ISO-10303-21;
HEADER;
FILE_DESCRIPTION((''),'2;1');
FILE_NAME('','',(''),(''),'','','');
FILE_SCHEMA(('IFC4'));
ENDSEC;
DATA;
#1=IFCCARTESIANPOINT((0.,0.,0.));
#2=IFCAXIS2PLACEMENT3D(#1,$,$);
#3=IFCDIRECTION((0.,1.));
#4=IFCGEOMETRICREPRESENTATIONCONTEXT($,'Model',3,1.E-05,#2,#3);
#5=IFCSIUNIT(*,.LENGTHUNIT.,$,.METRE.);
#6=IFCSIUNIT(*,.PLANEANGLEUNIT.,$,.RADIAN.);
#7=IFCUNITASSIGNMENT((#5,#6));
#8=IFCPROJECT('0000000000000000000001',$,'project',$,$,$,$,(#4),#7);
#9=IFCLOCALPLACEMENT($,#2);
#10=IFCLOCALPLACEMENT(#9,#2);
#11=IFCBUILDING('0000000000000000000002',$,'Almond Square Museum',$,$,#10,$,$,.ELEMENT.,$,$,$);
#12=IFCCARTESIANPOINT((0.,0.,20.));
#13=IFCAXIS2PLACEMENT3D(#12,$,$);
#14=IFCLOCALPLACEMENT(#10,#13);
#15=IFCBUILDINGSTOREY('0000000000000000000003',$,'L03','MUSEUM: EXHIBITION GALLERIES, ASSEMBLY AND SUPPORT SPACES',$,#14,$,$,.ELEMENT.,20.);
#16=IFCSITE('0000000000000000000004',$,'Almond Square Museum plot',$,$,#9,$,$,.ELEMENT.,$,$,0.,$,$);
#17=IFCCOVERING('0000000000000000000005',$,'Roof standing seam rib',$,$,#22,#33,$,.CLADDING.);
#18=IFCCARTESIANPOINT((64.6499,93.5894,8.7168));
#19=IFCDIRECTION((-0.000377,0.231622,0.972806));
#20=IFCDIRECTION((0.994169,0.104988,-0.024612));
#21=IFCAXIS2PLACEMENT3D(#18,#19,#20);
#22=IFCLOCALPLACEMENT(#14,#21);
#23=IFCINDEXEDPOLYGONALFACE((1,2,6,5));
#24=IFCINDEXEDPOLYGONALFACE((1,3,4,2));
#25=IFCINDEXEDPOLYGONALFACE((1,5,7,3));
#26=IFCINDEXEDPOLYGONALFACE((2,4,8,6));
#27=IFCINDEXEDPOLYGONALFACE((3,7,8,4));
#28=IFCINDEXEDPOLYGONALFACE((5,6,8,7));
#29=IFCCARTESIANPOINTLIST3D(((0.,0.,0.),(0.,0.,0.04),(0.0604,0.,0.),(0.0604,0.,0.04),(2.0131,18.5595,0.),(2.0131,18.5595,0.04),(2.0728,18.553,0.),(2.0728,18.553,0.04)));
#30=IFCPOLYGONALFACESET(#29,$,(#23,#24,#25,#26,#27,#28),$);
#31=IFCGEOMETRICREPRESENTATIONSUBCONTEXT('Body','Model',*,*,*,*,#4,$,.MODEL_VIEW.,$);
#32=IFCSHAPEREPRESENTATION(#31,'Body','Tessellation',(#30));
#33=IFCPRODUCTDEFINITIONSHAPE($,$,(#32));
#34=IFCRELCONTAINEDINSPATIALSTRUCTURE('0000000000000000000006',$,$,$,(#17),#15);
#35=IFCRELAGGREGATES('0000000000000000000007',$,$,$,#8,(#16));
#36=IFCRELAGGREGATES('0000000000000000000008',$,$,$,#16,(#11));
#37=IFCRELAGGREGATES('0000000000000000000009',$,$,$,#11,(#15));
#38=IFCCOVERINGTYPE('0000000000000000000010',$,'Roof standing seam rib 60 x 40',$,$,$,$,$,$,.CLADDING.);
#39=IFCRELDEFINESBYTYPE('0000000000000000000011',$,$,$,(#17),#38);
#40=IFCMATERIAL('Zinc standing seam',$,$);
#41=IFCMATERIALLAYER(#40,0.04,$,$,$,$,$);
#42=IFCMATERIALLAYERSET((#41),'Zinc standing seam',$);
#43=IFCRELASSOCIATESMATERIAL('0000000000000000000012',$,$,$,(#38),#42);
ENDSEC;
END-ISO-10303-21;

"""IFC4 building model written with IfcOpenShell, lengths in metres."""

from ifc_helpers import new_model, si_unit, direction, frame, origin, place, context, subcontext, project, spatial, polyline, outline, extrude, material, layer, layer_set, type_object, element, save


model = new_model("IFC4")

# Units and contexts
model_context = context("Model", 3, precision=1e-05, world=origin(), true_north=direction((0.0, 1.0)))
body_context = subcontext(model_context, "Body", "Model", "MODEL_VIEW")
ifc_project = project(units=[si_unit("LENGTHUNIT", "METRE"), si_unit("PLANEANGLEUNIT", "RADIAN")], contexts=[model_context])

# Site, building, storey
site_placement = place(None, origin())
site = spatial("IfcSite", under=ifc_project, at=site_placement, Name="Almond Square Museum plot", CompositionType="ELEMENT", RefElevation=0.0)
building_placement = place(site_placement, origin())
building = spatial("IfcBuilding", under=site, at=building_placement, Name="Almond Square Museum", CompositionType="ELEMENT")
storey_placement = place(building_placement, frame((0.0, 0.0, 20.0)))
storey = spatial("IfcBuildingStorey", under=building, at=storey_placement, Name="L03", Description="MUSEUM: EXHIBITION GALLERIES, ASSEMBLY AND SUPPORT SPACES", CompositionType="ELEMENT", Elevation=20.0)

# Covering
ifc_material_1 = material(Name="Zinc standing seam")
ifc_layer_1 = layer(ifc_material_1, 0.04)
ifc_layer_set_1 = layer_set([ifc_layer_1], Name="Zinc standing seam")
covering_type = type_object("IfcCoveringType", Name="Roof standing seam rib 60 x 40", PredefinedType="CLADDING", material=ifc_layer_set_1)
covering_placement = place(storey_placement, frame((64.6499, 93.5894, 8.7168), z_axis=(-0.000377, 0.231622, 0.972806), x_axis=(0.994169, 0.104988, -0.024612)))
element("IfcCovering", 1, at=covering_placement, inside=storey, type_object=covering_type, Name="Roof standing seam rib", PredefinedType="CLADDING", context=body_context, shape_type="SweptSolid", body=[
    extrude(outline(polyline([(0.0, 0.0), (0.0604, 0.0), (2.0728, 18.553), (2.0131, 18.5595), (0.0, 0.0)])), origin(), (0.0, 0.0, 1.0), 0.04),
])

save(model, "model.ifc")
